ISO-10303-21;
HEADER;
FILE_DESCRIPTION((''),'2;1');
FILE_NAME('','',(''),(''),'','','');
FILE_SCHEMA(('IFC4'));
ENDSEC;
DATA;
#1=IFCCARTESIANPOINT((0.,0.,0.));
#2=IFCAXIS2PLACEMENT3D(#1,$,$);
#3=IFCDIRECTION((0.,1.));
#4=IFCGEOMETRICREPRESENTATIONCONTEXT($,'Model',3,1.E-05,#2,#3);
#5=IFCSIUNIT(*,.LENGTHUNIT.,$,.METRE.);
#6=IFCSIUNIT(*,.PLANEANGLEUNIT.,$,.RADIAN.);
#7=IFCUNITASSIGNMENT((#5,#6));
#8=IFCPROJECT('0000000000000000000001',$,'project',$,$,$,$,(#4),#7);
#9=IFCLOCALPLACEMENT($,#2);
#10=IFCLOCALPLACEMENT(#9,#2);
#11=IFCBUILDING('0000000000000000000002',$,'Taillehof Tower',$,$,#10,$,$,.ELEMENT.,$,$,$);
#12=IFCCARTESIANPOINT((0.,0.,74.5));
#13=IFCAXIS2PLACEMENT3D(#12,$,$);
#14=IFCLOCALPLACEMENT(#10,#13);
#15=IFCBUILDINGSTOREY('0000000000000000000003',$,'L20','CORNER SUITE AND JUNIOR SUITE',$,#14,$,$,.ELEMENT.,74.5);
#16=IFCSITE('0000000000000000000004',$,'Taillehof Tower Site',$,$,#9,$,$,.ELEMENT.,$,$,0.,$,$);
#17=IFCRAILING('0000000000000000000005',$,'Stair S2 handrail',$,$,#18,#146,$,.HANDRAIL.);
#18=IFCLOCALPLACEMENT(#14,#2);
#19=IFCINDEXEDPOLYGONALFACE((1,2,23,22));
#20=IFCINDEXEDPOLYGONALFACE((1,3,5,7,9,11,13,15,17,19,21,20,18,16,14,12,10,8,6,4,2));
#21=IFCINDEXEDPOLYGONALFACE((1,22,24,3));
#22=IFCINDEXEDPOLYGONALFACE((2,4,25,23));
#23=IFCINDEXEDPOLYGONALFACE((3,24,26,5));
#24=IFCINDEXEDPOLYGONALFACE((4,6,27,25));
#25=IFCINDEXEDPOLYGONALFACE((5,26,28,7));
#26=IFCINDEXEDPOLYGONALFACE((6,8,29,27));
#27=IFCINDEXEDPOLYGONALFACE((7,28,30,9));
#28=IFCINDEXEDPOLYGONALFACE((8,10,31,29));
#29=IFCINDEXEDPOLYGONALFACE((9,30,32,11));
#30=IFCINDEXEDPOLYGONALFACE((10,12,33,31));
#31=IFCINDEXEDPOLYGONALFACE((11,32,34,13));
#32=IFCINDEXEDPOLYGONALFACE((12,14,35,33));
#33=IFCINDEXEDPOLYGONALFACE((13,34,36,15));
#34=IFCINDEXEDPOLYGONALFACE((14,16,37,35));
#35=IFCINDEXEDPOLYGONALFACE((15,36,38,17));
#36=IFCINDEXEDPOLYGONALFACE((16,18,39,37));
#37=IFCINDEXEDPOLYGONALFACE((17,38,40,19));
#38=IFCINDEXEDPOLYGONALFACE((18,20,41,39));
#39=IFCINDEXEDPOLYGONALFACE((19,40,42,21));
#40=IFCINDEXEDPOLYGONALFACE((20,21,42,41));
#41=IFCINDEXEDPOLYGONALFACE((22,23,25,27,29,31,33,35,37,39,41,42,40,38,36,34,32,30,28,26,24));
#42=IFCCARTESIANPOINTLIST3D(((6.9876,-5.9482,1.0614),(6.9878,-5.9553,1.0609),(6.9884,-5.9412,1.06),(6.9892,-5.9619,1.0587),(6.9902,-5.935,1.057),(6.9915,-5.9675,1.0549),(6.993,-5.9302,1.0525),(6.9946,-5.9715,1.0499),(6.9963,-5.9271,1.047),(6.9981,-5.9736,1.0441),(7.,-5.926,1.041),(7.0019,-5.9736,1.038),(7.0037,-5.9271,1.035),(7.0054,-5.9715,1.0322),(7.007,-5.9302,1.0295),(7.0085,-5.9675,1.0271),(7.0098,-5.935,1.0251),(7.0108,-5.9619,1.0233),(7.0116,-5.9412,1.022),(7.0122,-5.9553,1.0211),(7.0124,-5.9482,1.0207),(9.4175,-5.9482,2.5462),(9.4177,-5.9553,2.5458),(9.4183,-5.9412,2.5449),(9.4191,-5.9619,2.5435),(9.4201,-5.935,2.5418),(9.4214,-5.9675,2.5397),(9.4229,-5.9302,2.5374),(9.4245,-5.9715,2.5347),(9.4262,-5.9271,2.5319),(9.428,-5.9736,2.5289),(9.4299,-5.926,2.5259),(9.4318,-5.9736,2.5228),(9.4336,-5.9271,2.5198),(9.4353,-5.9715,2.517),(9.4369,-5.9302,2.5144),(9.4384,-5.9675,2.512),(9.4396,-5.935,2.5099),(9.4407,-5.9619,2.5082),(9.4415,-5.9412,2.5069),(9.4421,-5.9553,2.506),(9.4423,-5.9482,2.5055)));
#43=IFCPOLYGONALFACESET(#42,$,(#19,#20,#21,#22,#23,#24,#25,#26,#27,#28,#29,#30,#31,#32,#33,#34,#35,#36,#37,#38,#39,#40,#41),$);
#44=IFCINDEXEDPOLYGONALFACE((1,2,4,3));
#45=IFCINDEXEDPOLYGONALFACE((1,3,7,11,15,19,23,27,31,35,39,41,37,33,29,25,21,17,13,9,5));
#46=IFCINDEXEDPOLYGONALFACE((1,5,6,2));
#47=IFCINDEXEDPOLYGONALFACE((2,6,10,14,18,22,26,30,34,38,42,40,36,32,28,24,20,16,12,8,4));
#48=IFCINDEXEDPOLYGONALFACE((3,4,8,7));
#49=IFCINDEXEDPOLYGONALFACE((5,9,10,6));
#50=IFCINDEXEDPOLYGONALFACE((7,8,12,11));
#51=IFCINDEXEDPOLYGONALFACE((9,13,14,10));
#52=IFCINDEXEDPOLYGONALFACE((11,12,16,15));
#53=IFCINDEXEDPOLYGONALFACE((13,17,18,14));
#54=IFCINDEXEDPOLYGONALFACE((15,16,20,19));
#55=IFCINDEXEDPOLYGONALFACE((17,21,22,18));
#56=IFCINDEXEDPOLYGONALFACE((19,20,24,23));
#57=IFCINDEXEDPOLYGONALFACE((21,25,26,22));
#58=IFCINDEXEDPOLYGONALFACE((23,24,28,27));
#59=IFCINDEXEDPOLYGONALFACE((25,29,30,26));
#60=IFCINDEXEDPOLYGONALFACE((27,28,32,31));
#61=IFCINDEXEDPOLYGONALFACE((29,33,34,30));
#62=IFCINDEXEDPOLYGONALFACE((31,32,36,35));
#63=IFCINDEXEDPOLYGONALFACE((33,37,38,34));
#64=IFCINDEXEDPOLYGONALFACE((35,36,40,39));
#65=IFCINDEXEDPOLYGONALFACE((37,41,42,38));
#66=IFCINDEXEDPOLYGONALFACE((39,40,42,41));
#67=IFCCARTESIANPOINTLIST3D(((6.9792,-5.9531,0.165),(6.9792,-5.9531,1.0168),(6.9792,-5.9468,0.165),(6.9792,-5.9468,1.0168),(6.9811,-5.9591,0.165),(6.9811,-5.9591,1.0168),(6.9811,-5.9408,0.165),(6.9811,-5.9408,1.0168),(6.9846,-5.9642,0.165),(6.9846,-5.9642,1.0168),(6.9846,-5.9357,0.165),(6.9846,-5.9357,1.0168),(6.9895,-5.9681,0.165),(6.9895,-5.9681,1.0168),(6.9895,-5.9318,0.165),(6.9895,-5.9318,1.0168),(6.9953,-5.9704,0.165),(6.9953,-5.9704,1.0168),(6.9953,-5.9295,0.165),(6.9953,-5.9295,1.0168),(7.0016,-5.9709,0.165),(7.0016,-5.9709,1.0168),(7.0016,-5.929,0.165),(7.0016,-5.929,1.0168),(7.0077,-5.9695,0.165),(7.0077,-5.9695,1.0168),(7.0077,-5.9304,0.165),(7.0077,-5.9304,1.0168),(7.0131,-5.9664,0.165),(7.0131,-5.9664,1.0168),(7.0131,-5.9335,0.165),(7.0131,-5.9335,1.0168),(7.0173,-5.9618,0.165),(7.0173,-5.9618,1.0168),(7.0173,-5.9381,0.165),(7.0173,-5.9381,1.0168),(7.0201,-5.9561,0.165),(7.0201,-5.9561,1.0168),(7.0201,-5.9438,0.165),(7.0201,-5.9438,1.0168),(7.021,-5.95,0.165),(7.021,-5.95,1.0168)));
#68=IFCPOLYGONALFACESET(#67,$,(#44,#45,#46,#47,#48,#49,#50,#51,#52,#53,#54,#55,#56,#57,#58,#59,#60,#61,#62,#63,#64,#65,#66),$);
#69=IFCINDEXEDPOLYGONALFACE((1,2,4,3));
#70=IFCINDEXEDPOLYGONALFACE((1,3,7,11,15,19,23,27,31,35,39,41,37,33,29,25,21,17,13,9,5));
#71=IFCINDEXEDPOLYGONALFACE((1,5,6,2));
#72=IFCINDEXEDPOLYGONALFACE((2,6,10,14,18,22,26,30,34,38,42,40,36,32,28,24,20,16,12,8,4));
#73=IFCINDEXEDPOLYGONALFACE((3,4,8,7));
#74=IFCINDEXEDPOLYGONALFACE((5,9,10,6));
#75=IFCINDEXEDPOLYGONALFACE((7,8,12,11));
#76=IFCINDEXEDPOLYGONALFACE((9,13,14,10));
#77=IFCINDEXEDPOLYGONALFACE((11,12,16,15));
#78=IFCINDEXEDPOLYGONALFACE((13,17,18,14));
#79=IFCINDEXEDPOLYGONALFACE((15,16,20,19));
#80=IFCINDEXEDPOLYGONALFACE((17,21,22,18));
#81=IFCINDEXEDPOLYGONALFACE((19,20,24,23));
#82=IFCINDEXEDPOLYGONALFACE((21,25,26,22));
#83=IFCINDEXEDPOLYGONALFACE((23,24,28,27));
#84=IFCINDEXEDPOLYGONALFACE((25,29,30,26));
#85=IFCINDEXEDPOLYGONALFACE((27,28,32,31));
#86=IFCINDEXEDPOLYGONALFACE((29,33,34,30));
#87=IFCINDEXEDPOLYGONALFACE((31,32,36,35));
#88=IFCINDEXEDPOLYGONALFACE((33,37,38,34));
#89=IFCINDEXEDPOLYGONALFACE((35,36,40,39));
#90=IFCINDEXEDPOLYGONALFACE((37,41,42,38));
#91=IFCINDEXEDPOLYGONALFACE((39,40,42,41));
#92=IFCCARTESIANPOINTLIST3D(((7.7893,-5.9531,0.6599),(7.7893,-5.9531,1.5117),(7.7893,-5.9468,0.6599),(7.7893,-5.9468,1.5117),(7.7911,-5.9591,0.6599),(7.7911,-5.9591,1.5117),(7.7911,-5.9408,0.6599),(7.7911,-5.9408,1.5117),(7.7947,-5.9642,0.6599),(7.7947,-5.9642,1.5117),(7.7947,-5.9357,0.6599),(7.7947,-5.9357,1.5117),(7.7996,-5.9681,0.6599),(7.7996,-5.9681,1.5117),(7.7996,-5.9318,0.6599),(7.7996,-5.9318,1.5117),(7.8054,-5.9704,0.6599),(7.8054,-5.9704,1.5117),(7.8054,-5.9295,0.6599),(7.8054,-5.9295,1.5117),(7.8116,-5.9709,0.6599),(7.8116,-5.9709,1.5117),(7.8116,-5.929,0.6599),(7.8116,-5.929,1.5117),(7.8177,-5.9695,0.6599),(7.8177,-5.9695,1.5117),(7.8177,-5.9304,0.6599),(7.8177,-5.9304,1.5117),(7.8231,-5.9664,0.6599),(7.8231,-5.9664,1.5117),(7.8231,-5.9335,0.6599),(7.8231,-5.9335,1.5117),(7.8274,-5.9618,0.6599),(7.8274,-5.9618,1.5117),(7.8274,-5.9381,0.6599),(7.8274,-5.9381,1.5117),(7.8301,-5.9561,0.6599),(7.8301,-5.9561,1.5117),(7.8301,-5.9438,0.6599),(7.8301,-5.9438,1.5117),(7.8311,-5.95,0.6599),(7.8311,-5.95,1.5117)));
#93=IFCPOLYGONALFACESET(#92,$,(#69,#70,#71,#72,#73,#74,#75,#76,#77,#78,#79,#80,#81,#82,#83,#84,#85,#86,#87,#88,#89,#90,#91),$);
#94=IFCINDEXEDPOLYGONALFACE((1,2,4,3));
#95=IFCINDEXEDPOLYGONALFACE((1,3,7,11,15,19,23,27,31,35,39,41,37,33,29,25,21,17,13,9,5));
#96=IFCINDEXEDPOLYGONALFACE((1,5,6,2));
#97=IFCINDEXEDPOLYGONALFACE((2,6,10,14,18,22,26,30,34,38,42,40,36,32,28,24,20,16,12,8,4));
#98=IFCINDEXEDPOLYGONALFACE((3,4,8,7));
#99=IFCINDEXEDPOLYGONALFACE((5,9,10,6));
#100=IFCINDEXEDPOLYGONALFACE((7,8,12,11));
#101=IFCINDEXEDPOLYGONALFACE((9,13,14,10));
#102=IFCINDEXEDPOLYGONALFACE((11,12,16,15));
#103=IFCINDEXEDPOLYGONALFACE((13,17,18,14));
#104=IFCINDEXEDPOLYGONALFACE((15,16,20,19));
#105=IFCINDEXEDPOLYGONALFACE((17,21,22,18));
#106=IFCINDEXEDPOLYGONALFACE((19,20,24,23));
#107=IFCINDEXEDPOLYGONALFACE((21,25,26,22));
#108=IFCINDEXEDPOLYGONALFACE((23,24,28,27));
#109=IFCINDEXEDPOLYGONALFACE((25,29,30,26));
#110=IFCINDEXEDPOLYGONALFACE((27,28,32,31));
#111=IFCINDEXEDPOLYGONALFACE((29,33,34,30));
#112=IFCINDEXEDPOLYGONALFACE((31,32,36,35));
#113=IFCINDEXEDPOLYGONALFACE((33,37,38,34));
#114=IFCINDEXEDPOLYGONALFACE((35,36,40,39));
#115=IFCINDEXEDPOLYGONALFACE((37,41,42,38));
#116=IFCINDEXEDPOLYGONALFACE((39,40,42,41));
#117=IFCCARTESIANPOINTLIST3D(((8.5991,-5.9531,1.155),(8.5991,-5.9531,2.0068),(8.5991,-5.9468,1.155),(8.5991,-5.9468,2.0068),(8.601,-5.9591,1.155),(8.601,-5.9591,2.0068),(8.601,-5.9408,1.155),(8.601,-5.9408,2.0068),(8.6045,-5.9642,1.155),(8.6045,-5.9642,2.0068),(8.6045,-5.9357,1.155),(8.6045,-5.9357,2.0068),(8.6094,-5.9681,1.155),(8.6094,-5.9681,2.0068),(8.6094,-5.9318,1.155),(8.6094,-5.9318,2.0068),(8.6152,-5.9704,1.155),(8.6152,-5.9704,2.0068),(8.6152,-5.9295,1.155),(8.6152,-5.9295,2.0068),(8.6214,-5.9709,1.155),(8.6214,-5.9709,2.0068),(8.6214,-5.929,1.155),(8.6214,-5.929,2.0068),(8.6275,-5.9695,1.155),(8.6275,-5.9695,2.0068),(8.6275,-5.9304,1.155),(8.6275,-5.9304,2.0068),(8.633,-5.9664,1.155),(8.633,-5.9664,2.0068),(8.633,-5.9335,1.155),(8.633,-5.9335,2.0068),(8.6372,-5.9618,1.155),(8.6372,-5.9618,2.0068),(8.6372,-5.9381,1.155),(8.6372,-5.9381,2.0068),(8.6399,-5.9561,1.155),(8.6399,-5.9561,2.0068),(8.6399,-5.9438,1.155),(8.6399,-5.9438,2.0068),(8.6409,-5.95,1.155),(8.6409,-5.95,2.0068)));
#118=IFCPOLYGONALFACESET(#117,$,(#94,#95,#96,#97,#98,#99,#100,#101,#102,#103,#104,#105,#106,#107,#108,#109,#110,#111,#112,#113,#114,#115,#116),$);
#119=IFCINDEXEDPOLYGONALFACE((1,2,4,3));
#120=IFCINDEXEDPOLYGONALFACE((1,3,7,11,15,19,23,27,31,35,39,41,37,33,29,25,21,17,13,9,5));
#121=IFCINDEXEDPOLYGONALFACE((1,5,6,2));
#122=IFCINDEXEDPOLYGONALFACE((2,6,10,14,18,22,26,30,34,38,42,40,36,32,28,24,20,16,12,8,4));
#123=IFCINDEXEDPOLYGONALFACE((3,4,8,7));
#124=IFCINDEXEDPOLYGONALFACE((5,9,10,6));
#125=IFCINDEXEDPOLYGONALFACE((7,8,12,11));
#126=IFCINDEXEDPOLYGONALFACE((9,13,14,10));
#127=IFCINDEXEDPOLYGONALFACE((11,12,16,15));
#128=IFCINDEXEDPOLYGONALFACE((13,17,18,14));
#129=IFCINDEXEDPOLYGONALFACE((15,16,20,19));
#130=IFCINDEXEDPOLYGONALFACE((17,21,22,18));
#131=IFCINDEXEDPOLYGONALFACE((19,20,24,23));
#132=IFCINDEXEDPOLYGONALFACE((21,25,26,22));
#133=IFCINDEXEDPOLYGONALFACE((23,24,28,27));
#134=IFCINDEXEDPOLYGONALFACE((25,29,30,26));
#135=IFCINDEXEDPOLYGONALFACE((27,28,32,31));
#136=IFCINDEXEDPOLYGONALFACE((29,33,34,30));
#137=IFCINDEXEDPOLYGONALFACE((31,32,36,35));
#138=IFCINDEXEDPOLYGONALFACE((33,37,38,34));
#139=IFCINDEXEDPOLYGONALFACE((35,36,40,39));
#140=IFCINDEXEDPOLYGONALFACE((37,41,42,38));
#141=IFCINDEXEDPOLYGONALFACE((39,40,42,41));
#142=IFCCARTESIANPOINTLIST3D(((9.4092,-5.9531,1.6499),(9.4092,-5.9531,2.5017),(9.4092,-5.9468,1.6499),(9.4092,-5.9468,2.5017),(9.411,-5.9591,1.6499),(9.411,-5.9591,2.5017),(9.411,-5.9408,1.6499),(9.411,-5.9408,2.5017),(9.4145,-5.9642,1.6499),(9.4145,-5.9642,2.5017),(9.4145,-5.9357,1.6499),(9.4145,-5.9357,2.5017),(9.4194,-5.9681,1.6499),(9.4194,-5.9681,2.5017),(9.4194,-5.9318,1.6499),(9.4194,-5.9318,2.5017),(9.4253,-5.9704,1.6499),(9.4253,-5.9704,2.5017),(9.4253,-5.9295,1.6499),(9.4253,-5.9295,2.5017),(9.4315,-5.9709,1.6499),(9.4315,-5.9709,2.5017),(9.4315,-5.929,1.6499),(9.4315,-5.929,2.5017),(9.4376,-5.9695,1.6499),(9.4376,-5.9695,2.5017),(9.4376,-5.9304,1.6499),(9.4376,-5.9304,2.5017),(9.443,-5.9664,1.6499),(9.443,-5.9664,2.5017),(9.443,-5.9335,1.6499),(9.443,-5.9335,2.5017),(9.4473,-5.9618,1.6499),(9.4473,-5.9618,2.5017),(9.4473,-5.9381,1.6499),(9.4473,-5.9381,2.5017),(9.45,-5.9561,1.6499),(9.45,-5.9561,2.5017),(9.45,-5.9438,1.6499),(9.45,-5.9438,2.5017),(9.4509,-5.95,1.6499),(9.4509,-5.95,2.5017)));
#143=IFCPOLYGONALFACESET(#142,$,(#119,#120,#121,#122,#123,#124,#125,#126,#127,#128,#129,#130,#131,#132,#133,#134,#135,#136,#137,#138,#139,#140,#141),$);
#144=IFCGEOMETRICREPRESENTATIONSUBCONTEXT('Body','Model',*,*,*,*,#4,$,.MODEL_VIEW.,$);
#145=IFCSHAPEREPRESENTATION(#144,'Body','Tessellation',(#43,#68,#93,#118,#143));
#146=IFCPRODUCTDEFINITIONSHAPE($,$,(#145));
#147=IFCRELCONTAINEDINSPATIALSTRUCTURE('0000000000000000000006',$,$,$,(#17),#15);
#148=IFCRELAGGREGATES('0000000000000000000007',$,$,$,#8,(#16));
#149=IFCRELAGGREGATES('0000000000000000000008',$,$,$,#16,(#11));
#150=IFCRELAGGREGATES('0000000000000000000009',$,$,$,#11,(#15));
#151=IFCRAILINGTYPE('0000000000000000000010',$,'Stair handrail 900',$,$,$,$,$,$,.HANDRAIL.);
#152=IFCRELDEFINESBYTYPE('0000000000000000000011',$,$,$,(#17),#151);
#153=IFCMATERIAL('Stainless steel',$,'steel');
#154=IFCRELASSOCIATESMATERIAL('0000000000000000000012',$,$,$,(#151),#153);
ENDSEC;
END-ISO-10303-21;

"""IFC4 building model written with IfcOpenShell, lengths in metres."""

from ifc_helpers import new_model, si_unit, direction, frame, origin, origin_2d, place, context, subcontext, project, spatial, circle, extrude, material, type_object, element, save


model = new_model("IFC4")

# Units and contexts
model_context = context("Model", 3, precision=1e-05, world=origin(), true_north=direction((0.0, 1.0)))
body_context = subcontext(model_context, "Body", "Model", "MODEL_VIEW")
ifc_project = project(units=[si_unit("LENGTHUNIT", "METRE"), si_unit("PLANEANGLEUNIT", "RADIAN")], contexts=[model_context])

# Site, building, storey
site_placement = place(None, origin())
site = spatial("IfcSite", under=ifc_project, at=site_placement, Name="Taillehof Tower Site", CompositionType="ELEMENT", RefElevation=0.0)
building_placement = place(site_placement, origin())
building = spatial("IfcBuilding", under=site, at=building_placement, Name="Taillehof Tower", CompositionType="ELEMENT")
storey_placement = place(building_placement, frame((0.0, 0.0, 74.5)))
storey = spatial("IfcBuildingStorey", under=building, at=storey_placement, Name="L20", Description="CORNER SUITE AND JUNIOR SUITE", CompositionType="ELEMENT", Elevation=74.5)

# Railing
ifc_material_1 = material(Name="Stainless steel", Category="steel")
railing_type = type_object("IfcRailingType", Name="Stair handrail 900", PredefinedType="HANDRAIL", material=ifc_material_1)
railing_1_placement = place(storey_placement, frame((7.0, -5.95, 0.165)))
element("IfcRailing", 1, at=railing_1_placement, inside=storey, type_object=railing_type, Name="Stair S2 handrail", PredefinedType="HANDRAIL", context=body_context, shape_type="SweptSolid", body=[
    extrude(circle(Radius=0.0239, at=origin_2d()), frame((0.0, 0.0, 0.876), z_axis=(0.853297, 0.0, 0.521426), x_axis=(0.0, 1.0, 0.0)), (0.0, 0.0, 1.0), 2.8477),
    extrude(circle(Radius=0.021, at=origin_2d()), origin(), (0.0, 0.0, 1.0), 0.8518),
    extrude(circle(Radius=0.021, at=origin_2d()), frame((0.8101, 0.0, 0.4949)), (0.0, 0.0, 1.0), 0.8518),
    extrude(circle(Radius=0.021, at=origin_2d()), frame((1.6199, 0.0, 0.99)), (0.0, 0.0, 1.0), 0.8518),
    extrude(circle(Radius=0.021, at=origin_2d()), frame((2.4299, 0.0, 1.4849)), (0.0, 0.0, 1.0), 0.8518),
])

save(model, "model.ifc")
